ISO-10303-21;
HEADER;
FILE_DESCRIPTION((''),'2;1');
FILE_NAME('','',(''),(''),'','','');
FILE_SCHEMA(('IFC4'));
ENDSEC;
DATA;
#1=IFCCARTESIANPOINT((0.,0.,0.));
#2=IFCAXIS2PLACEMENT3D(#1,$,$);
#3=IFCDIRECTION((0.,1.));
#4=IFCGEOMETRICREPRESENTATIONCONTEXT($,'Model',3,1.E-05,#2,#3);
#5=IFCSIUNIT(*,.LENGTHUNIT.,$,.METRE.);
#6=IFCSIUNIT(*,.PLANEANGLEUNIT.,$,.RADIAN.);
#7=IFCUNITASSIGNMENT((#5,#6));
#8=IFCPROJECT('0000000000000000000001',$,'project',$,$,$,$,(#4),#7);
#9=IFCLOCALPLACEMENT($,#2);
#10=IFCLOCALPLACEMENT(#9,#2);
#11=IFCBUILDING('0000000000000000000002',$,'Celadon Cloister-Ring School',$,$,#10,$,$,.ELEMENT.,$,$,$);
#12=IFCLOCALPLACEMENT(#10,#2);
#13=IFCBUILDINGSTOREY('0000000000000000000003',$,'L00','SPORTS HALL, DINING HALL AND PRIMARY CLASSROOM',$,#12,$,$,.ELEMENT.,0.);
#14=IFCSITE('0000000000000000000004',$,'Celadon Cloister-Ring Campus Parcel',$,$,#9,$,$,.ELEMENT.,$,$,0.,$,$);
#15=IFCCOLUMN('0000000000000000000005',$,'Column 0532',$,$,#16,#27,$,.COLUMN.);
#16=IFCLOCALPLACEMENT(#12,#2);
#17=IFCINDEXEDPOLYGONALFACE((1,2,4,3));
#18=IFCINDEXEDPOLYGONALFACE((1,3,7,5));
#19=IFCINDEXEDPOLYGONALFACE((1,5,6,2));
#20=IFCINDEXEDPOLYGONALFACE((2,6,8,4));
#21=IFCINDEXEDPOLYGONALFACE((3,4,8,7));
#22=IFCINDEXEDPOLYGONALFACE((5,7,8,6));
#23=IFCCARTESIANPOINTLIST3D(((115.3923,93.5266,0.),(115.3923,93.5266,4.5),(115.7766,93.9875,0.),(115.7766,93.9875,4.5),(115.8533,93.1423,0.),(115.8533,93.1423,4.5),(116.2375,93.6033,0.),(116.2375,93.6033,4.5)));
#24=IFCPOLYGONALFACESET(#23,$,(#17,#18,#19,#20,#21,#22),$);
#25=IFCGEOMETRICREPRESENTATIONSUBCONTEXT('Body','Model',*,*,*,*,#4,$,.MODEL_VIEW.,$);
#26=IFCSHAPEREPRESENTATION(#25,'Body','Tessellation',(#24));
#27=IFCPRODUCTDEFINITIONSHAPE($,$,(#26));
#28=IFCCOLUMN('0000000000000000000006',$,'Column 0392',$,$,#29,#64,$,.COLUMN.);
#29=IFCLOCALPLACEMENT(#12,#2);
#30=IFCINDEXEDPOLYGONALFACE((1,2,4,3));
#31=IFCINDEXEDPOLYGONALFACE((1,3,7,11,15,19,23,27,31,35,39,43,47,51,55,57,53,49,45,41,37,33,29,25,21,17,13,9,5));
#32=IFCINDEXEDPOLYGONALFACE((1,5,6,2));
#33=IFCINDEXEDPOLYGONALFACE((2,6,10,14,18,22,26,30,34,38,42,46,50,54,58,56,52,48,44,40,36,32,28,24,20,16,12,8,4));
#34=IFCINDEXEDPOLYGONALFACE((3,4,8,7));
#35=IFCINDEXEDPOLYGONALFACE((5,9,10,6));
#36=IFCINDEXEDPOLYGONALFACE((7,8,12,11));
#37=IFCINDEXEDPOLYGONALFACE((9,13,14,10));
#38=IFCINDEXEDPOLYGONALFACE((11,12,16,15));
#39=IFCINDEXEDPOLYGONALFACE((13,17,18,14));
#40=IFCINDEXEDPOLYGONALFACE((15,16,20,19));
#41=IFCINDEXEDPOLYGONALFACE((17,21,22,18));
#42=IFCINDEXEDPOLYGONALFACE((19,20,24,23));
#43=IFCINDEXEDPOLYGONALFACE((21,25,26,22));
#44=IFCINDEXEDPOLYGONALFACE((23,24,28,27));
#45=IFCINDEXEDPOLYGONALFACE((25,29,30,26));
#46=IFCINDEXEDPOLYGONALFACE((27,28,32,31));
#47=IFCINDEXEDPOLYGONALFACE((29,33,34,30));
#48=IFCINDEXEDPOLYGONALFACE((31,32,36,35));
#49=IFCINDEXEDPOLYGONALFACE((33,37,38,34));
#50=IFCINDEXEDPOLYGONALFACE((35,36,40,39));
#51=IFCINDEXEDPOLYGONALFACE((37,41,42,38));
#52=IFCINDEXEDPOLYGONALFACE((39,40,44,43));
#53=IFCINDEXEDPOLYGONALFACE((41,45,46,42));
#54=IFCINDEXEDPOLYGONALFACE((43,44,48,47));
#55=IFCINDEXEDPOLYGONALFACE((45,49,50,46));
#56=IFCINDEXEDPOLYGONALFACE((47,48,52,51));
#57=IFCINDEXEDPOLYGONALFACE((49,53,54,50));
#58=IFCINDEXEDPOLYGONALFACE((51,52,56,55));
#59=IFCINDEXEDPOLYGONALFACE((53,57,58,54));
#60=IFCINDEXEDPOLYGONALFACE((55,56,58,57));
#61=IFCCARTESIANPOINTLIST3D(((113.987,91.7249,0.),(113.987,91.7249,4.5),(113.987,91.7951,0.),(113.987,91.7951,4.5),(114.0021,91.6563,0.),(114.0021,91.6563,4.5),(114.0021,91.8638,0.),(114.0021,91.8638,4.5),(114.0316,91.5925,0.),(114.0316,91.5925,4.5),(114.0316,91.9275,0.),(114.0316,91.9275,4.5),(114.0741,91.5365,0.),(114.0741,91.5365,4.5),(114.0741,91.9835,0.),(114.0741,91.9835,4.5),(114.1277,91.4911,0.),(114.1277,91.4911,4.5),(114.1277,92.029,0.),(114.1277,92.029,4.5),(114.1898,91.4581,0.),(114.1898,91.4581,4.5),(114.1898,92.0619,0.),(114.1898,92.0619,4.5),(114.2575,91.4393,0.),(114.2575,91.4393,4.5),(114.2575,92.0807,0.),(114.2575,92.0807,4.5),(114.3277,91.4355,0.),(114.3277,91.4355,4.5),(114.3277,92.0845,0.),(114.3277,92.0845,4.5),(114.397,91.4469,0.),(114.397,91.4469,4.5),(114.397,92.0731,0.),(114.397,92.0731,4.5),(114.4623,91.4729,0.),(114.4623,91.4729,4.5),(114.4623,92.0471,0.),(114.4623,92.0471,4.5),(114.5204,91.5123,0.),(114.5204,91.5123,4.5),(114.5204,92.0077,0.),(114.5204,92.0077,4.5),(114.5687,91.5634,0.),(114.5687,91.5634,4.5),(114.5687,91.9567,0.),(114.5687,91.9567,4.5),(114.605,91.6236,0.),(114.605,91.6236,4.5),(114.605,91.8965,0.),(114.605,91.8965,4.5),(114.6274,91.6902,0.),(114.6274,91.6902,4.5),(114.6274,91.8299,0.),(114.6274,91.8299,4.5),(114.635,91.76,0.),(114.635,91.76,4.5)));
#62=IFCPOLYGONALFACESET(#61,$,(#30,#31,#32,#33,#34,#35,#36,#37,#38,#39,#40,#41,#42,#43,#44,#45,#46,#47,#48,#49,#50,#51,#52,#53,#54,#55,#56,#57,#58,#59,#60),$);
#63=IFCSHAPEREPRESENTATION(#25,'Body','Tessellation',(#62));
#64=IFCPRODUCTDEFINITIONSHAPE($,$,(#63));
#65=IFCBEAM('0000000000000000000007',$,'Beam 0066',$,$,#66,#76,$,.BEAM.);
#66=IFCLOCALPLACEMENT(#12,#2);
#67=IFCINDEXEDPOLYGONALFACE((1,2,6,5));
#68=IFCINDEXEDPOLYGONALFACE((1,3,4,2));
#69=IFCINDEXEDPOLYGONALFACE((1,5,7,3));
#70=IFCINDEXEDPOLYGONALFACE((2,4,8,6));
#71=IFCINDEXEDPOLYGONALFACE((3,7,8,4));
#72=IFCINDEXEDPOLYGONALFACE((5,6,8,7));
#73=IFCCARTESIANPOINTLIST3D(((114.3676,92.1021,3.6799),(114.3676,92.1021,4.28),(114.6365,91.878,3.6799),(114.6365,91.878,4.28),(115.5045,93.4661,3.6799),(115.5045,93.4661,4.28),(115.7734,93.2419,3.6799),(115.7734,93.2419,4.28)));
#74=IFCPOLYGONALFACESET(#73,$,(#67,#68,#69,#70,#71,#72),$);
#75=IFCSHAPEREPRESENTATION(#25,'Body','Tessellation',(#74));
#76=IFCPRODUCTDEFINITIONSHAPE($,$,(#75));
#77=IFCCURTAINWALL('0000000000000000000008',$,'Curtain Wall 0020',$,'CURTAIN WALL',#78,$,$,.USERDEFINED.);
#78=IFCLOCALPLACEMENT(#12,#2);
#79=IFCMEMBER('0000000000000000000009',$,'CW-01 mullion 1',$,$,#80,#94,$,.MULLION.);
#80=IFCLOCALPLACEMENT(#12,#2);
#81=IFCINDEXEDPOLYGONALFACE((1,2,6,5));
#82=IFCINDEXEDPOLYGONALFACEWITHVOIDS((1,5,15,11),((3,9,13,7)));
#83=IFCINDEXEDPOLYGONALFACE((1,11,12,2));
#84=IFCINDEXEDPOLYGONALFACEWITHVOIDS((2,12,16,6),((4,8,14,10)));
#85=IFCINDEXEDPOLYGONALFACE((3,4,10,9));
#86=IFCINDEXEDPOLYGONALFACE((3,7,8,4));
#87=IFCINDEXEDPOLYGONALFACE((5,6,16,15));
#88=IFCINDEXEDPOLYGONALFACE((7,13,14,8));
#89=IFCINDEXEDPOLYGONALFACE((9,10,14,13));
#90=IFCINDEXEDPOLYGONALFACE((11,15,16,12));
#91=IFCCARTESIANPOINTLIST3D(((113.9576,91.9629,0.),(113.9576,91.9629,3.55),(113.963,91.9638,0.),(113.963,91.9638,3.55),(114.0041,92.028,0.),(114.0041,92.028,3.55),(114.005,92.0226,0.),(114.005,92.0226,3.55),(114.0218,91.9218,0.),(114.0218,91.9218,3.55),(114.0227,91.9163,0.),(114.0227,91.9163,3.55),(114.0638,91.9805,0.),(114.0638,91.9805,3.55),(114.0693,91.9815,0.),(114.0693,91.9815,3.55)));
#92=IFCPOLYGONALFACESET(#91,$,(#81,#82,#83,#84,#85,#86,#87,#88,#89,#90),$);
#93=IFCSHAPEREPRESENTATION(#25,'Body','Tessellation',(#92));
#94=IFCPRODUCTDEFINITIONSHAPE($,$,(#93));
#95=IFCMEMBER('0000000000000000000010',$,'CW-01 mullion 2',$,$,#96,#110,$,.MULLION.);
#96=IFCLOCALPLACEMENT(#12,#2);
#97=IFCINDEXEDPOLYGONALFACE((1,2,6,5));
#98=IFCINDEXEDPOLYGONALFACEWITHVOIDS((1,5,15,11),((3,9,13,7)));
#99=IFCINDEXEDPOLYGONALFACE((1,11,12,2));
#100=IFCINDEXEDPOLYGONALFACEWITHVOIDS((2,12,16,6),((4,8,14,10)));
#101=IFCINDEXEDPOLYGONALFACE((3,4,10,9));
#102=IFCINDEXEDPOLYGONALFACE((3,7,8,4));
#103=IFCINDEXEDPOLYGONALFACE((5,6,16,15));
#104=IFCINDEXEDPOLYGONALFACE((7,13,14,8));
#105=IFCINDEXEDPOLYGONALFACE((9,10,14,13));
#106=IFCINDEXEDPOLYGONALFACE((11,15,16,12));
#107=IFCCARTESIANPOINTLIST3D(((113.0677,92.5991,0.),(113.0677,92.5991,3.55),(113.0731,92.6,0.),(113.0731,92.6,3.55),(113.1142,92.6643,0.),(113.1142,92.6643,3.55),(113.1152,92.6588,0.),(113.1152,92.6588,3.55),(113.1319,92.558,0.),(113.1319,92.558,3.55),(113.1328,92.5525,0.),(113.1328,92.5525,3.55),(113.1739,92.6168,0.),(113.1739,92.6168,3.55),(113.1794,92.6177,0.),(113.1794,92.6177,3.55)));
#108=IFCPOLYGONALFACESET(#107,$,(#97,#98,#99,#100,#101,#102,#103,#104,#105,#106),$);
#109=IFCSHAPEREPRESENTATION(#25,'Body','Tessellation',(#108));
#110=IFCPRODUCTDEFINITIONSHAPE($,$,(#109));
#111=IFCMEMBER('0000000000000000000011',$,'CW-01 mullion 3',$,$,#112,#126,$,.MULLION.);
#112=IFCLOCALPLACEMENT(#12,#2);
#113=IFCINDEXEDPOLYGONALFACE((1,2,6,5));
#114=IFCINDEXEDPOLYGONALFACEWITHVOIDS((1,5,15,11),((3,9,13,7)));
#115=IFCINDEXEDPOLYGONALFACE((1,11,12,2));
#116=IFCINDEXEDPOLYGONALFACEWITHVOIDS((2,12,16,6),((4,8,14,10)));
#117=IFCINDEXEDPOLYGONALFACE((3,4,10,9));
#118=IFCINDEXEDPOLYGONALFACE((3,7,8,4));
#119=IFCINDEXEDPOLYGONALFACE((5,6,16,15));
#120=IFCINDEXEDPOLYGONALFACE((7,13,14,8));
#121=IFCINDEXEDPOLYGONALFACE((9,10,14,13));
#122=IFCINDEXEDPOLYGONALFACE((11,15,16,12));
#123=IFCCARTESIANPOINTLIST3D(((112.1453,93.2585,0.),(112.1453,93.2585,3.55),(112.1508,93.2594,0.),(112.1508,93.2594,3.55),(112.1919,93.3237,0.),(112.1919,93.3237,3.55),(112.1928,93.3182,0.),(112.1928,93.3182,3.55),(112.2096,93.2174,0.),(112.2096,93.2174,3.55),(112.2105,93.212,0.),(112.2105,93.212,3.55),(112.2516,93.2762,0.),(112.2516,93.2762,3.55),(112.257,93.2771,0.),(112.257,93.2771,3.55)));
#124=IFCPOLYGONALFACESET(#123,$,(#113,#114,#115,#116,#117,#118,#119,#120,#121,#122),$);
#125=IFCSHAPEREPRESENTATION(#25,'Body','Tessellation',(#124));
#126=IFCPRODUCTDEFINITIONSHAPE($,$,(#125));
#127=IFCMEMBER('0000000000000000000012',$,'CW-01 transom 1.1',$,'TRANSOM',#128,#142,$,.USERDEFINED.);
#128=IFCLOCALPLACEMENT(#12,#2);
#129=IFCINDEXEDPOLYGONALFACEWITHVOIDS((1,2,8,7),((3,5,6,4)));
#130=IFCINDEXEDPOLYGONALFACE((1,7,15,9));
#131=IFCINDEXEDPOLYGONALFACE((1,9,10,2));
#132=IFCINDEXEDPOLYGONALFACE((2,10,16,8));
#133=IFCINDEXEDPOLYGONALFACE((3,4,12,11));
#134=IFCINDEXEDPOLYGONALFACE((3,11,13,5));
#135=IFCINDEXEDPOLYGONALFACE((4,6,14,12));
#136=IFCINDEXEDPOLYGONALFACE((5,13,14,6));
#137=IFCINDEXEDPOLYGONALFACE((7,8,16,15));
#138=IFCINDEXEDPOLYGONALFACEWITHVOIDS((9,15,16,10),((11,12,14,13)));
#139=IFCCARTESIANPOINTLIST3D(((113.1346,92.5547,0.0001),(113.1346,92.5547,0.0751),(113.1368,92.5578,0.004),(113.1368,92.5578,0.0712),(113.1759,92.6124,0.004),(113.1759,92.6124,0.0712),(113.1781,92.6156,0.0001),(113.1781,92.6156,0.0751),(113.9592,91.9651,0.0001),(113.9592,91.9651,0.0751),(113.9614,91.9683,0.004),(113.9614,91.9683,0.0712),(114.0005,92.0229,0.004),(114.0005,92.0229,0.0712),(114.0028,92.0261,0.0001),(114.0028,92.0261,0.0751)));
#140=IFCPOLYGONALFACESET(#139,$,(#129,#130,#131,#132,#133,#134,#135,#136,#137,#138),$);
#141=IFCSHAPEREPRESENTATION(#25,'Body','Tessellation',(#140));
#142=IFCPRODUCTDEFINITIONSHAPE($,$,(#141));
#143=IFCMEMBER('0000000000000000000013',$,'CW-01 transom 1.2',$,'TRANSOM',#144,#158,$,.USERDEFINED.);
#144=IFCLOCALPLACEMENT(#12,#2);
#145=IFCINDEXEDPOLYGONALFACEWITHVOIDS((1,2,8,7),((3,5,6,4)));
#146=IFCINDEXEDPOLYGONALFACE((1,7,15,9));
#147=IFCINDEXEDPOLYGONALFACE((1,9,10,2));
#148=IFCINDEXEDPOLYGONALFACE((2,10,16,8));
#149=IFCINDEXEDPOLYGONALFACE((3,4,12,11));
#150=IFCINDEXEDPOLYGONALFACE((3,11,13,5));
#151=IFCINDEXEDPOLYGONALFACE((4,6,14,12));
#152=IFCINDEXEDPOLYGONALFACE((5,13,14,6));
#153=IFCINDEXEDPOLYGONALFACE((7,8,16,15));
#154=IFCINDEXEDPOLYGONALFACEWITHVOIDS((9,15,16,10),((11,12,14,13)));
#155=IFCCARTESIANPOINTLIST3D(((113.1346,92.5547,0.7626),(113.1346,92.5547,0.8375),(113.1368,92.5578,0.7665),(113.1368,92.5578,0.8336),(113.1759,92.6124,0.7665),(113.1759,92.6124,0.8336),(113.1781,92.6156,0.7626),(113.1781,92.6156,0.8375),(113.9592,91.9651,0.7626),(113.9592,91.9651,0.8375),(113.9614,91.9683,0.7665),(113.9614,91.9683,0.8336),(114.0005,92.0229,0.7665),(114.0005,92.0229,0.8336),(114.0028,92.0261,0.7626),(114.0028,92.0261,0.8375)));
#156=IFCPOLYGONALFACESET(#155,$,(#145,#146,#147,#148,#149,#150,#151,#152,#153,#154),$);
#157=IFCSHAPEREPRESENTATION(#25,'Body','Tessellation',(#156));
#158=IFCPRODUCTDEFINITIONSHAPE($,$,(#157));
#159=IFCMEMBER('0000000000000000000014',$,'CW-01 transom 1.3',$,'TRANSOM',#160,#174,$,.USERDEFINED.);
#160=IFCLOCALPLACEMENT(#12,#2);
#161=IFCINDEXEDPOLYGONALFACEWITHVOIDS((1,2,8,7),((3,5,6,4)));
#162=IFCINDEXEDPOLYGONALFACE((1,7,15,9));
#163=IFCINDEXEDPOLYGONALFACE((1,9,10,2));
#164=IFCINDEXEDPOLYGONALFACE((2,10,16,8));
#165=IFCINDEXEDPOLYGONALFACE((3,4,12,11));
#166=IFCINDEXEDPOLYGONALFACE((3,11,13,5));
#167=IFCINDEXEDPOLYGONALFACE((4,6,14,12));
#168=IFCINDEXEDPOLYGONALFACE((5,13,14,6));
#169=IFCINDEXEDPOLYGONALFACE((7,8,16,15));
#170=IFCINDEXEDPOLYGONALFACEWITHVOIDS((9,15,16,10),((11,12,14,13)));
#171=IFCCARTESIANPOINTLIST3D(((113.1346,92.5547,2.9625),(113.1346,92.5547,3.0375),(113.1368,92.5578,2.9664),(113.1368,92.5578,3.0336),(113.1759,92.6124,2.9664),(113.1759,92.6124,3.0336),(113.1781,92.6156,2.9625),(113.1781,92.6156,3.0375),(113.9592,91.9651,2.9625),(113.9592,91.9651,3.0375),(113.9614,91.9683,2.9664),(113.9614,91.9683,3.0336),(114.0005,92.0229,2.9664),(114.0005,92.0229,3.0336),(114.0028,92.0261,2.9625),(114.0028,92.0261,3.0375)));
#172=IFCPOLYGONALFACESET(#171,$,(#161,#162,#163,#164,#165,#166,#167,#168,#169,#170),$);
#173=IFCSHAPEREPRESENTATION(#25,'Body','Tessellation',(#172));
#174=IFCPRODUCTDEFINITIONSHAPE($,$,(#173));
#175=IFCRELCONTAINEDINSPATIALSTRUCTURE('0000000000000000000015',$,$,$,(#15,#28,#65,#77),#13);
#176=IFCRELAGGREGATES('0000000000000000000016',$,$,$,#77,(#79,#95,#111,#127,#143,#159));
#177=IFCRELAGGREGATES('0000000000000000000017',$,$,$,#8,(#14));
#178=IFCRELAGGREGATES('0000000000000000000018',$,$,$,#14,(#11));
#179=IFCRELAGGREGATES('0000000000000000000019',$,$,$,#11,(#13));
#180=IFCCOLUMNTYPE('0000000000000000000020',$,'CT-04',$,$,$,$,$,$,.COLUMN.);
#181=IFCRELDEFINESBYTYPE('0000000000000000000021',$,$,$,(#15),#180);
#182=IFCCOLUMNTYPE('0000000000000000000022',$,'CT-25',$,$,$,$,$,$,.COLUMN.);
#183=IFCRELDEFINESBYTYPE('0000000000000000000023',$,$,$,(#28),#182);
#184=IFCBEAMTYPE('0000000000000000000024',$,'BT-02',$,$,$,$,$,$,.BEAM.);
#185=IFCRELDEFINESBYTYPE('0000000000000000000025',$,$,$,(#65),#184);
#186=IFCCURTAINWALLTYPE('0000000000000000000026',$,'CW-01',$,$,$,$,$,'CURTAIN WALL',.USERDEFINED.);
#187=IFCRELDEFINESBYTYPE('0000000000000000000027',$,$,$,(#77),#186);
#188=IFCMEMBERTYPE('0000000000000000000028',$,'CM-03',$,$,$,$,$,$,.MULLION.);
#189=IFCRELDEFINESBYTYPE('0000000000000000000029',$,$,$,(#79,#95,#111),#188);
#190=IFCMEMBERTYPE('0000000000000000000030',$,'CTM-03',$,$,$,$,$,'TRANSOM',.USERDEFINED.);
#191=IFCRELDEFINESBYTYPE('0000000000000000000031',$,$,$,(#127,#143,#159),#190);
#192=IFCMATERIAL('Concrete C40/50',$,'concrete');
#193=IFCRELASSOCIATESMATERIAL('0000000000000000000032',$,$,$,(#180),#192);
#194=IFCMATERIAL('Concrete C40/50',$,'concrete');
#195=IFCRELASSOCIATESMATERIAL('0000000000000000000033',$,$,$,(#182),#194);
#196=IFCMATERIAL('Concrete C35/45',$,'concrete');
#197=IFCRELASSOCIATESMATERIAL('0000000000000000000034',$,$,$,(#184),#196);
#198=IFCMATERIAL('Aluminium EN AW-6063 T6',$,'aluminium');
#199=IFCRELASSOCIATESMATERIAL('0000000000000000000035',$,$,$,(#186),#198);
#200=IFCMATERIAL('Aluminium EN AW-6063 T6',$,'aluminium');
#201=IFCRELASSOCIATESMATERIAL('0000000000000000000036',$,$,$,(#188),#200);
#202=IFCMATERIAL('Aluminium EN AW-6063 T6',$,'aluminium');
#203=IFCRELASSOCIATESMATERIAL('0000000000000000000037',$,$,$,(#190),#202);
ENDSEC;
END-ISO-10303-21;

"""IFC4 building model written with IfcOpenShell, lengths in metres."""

from ifc_helpers import new_model, si_unit, direction, frame, origin, origin_2d, place, context, subcontext, project, spatial, rectangle, hollow_rectangle, circle, extrude, material, material_profile, profile_set, type_object, element, aggregate, save


model = new_model("IFC4")

# Units and contexts
model_context = context("Model", 3, precision=1e-05, world=origin(), true_north=direction((0.0, 1.0)))
body_context = subcontext(model_context, "Body", "Model", "MODEL_VIEW")
ifc_project = project(units=[si_unit("LENGTHUNIT", "METRE"), si_unit("PLANEANGLEUNIT", "RADIAN")], contexts=[model_context])

# Site, building, storey
site_placement = place(None, origin())
site = spatial("IfcSite", under=ifc_project, at=site_placement, Name="Celadon Cloister-Ring Campus Parcel", CompositionType="ELEMENT", RefElevation=0.0)
building_placement = place(site_placement, origin())
building = spatial("IfcBuilding", under=site, at=building_placement, Name="Celadon Cloister-Ring School", CompositionType="ELEMENT")
storey_placement = place(building_placement, origin())
storey = spatial("IfcBuildingStorey", under=building, at=storey_placement, Name="L00", Description="SPORTS HALL, DINING HALL AND PRIMARY CLASSROOM", CompositionType="ELEMENT", Elevation=0.0)

# Columns
ifc_material_1 = material(Name="Concrete C40/50", Category="concrete")
ifc_material_profile_1 = material_profile(ifc_material_1, rectangle(XDim=0.6001, YDim=0.6001, at=origin_2d()), Name="RC600X600")
ifc_profile_set_1 = profile_set([ifc_material_profile_1], Name="Concrete C40/50")
column_type_1 = type_object("IfcColumnType", Name="CT-04", PredefinedType="COLUMN", material=ifc_profile_set_1)
column_1_placement = place(storey_placement, frame((115.8149, 93.5649, 0.0), z_axis=(0.0, 0.0, 1.0), x_axis=(0.640324, 0.768105, 0.0)))
element("IfcColumn", 1, at=column_1_placement, inside=storey, type_object=column_type_1, Name="Column 0532", PredefinedType="COLUMN", context=body_context, shape_type="SweptSolid", body=[
    extrude(rectangle(XDim=0.6001, YDim=0.6001, at=origin_2d()), origin(), (0.0, 0.0, 1.0), 4.5),
])
ifc_material_2 = material(Name="Concrete C40/50", Category="concrete")
ifc_material_profile_2 = material_profile(ifc_material_2, circle(Radius=0.325, at=origin_2d()), Name="CIRC650")
ifc_profile_set_2 = profile_set([ifc_material_profile_2], Name="Concrete C40/50")
column_type_2 = type_object("IfcColumnType", Name="CT-25", PredefinedType="COLUMN", material=ifc_profile_set_2)
column_2_placement = place(storey_placement, frame((114.3101, 91.76, 0.0), z_axis=(0.0, 0.0, 1.0), x_axis=(1.0, 0.0, 0.0)))
element("IfcColumn", 2, at=column_2_placement, inside=storey, type_object=column_type_2, Name="Column 0392", PredefinedType="COLUMN", context=body_context, shape_type="SweptSolid", body=[
    extrude(circle(Radius=0.325, at=origin_2d()), origin(), (0.0, 0.0, 1.0), 4.5),
])

# Beam
ifc_material_3 = material(Name="Concrete C35/45", Category="concrete")
ifc_material_profile_3 = material_profile(ifc_material_3, rectangle(XDim=0.3501, YDim=0.6001, at=origin_2d()), Name="RC350X600")
ifc_profile_set_3 = profile_set([ifc_material_profile_3], Name="Concrete C35/45")
beam_type_1 = type_object("IfcBeamType", Name="BT-02", PredefinedType="BEAM", material=ifc_profile_set_3)
beam_1_placement = place(storey_placement, frame((115.6389, 93.354, 3.98), z_axis=(-0.640279, -0.768142, 0.0), x_axis=(0.768142, -0.640279, 0.0)))
element("IfcBeam", 3, at=beam_1_placement, inside=storey, type_object=beam_type_1, Name="Beam 0066", PredefinedType="BEAM", context=body_context, shape_type="SweptSolid", body=[
    extrude(rectangle(XDim=0.3501, YDim=0.6001, at=origin_2d()), origin(), (0.0, 0.0, 1.0), 1.7756),
])

# Curtain wall, members
ifc_material_4 = material(Name="Aluminium EN AW-6063 T6", Category="aluminium")
curtain_wall_type = type_object("IfcCurtainWallType", Name="CW-01", ElementType="CURTAIN WALL", PredefinedType="USERDEFINED", material=ifc_material_4)
curtain_wall_placement = place(storey_placement, origin())
curtain_wall = element("IfcCurtainWall", 4, at=curtain_wall_placement, inside=storey, type_object=curtain_wall_type, Name="Curtain Wall 0020", ObjectType="CURTAIN WALL", PredefinedType="USERDEFINED")
ifc_material_5 = material(Name="Aluminium EN AW-6063 T6", Category="aluminium")
ifc_material_profile_4 = material_profile(ifc_material_5, hollow_rectangle(XDim=0.0801, YDim=0.0801, WallThickness=0.0039, at=origin_2d()), Name="RHS80X80X4")
ifc_profile_set_4 = profile_set([ifc_material_profile_4], Name="Aluminium EN AW-6063 T6")
member_type_1 = type_object("IfcMemberType", Name="CM-03", PredefinedType="MULLION", material=ifc_profile_set_4)
member_1_placement = place(storey_placement, frame((114.0134, 91.9722, 0.0), z_axis=(0.0, 0.0, 1.0), x_axis=(-0.581555, -0.813507, 0.0)))
member_1 = element("IfcMember", 5, at=member_1_placement, type_object=member_type_1, Name="CW-01 mullion 1", PredefinedType="MULLION", context=body_context, shape_type="SweptSolid", body=[
    extrude(hollow_rectangle(XDim=0.0801, YDim=0.0801, WallThickness=0.0039, at=origin_2d()), origin(), (0.0, 0.0, 1.0), 3.55),
])
member_2_placement = place(storey_placement, frame((113.1235, 92.6084, 0.0), z_axis=(0.0, 0.0, 1.0), x_axis=(-0.581555, -0.813507, 0.0)))
member_2 = element("IfcMember", 6, at=member_2_placement, type_object=member_type_1, Name="CW-01 mullion 2", PredefinedType="MULLION", context=body_context, shape_type="SweptSolid", body=[
    extrude(hollow_rectangle(XDim=0.0801, YDim=0.0801, WallThickness=0.0039, at=origin_2d()), origin(), (0.0, 0.0, 1.0), 3.55),
])
member_3_placement = place(storey_placement, frame((112.2012, 93.2678, 0.0), z_axis=(0.0, 0.0, 1.0), x_axis=(-0.581555, -0.813507, 0.0)))
member_3 = element("IfcMember", 7, at=member_3_placement, type_object=member_type_1, Name="CW-01 mullion 3", PredefinedType="MULLION", context=body_context, shape_type="SweptSolid", body=[
    extrude(hollow_rectangle(XDim=0.0801, YDim=0.0801, WallThickness=0.0039, at=origin_2d()), origin(), (0.0, 0.0, 1.0), 3.55),
])
ifc_material_6 = material(Name="Aluminium EN AW-6063 T6", Category="aluminium")
ifc_material_profile_5 = material_profile(ifc_material_6, hollow_rectangle(XDim=0.075, YDim=0.075, WallThickness=0.0039, at=origin_2d()), Name="RHS75X75X4")
ifc_profile_set_5 = profile_set([ifc_material_profile_5], Name="Aluminium EN AW-6063 T6")
member_type_2 = type_object("IfcMemberType", Name="CTM-03", ElementType="TRANSOM", PredefinedType="USERDEFINED", material=ifc_profile_set_5)
member_4_placement = place(storey_placement, frame((113.981, 91.9956, 0.0376), z_axis=(-0.813489, 0.58158, 0.0), x_axis=(-0.58158, -0.813489, 0.0)))
member_4 = element("IfcMember", 8, at=member_4_placement, type_object=member_type_2, Name="CW-01 transom 1.1", ObjectType="TRANSOM", PredefinedType="USERDEFINED", context=body_context, shape_type="SweptSolid", body=[
    extrude(hollow_rectangle(XDim=0.075, YDim=0.075, WallThickness=0.0039, at=origin_2d()), origin(), (0.0, 0.0, 1.0), 1.0137),
])
member_5_placement = place(storey_placement, frame((113.981, 91.9956, 0.8), z_axis=(-0.813489, 0.58158, 0.0), x_axis=(-0.58158, -0.813489, 0.0)))
member_5 = element("IfcMember", 9, at=member_5_placement, type_object=member_type_2, Name="CW-01 transom 1.2", ObjectType="TRANSOM", PredefinedType="USERDEFINED", context=body_context, shape_type="SweptSolid", body=[
    extrude(hollow_rectangle(XDim=0.075, YDim=0.075, WallThickness=0.0039, at=origin_2d()), origin(), (0.0, 0.0, 1.0), 1.0137),
])
member_6_placement = place(storey_placement, frame((113.981, 91.9956, 3.0), z_axis=(-0.813489, 0.58158, 0.0), x_axis=(-0.58158, -0.813489, 0.0)))
member_6 = element("IfcMember", 10, at=member_6_placement, type_object=member_type_2, Name="CW-01 transom 1.3", ObjectType="TRANSOM", PredefinedType="USERDEFINED", context=body_context, shape_type="SweptSolid", body=[
    extrude(hollow_rectangle(XDim=0.075, YDim=0.075, WallThickness=0.0039, at=origin_2d()), origin(), (0.0, 0.0, 1.0), 1.0137),
])

aggregate(curtain_wall, [member_1, member_2, member_3, member_4, member_5, member_6])

save(model, "model.ifc")
